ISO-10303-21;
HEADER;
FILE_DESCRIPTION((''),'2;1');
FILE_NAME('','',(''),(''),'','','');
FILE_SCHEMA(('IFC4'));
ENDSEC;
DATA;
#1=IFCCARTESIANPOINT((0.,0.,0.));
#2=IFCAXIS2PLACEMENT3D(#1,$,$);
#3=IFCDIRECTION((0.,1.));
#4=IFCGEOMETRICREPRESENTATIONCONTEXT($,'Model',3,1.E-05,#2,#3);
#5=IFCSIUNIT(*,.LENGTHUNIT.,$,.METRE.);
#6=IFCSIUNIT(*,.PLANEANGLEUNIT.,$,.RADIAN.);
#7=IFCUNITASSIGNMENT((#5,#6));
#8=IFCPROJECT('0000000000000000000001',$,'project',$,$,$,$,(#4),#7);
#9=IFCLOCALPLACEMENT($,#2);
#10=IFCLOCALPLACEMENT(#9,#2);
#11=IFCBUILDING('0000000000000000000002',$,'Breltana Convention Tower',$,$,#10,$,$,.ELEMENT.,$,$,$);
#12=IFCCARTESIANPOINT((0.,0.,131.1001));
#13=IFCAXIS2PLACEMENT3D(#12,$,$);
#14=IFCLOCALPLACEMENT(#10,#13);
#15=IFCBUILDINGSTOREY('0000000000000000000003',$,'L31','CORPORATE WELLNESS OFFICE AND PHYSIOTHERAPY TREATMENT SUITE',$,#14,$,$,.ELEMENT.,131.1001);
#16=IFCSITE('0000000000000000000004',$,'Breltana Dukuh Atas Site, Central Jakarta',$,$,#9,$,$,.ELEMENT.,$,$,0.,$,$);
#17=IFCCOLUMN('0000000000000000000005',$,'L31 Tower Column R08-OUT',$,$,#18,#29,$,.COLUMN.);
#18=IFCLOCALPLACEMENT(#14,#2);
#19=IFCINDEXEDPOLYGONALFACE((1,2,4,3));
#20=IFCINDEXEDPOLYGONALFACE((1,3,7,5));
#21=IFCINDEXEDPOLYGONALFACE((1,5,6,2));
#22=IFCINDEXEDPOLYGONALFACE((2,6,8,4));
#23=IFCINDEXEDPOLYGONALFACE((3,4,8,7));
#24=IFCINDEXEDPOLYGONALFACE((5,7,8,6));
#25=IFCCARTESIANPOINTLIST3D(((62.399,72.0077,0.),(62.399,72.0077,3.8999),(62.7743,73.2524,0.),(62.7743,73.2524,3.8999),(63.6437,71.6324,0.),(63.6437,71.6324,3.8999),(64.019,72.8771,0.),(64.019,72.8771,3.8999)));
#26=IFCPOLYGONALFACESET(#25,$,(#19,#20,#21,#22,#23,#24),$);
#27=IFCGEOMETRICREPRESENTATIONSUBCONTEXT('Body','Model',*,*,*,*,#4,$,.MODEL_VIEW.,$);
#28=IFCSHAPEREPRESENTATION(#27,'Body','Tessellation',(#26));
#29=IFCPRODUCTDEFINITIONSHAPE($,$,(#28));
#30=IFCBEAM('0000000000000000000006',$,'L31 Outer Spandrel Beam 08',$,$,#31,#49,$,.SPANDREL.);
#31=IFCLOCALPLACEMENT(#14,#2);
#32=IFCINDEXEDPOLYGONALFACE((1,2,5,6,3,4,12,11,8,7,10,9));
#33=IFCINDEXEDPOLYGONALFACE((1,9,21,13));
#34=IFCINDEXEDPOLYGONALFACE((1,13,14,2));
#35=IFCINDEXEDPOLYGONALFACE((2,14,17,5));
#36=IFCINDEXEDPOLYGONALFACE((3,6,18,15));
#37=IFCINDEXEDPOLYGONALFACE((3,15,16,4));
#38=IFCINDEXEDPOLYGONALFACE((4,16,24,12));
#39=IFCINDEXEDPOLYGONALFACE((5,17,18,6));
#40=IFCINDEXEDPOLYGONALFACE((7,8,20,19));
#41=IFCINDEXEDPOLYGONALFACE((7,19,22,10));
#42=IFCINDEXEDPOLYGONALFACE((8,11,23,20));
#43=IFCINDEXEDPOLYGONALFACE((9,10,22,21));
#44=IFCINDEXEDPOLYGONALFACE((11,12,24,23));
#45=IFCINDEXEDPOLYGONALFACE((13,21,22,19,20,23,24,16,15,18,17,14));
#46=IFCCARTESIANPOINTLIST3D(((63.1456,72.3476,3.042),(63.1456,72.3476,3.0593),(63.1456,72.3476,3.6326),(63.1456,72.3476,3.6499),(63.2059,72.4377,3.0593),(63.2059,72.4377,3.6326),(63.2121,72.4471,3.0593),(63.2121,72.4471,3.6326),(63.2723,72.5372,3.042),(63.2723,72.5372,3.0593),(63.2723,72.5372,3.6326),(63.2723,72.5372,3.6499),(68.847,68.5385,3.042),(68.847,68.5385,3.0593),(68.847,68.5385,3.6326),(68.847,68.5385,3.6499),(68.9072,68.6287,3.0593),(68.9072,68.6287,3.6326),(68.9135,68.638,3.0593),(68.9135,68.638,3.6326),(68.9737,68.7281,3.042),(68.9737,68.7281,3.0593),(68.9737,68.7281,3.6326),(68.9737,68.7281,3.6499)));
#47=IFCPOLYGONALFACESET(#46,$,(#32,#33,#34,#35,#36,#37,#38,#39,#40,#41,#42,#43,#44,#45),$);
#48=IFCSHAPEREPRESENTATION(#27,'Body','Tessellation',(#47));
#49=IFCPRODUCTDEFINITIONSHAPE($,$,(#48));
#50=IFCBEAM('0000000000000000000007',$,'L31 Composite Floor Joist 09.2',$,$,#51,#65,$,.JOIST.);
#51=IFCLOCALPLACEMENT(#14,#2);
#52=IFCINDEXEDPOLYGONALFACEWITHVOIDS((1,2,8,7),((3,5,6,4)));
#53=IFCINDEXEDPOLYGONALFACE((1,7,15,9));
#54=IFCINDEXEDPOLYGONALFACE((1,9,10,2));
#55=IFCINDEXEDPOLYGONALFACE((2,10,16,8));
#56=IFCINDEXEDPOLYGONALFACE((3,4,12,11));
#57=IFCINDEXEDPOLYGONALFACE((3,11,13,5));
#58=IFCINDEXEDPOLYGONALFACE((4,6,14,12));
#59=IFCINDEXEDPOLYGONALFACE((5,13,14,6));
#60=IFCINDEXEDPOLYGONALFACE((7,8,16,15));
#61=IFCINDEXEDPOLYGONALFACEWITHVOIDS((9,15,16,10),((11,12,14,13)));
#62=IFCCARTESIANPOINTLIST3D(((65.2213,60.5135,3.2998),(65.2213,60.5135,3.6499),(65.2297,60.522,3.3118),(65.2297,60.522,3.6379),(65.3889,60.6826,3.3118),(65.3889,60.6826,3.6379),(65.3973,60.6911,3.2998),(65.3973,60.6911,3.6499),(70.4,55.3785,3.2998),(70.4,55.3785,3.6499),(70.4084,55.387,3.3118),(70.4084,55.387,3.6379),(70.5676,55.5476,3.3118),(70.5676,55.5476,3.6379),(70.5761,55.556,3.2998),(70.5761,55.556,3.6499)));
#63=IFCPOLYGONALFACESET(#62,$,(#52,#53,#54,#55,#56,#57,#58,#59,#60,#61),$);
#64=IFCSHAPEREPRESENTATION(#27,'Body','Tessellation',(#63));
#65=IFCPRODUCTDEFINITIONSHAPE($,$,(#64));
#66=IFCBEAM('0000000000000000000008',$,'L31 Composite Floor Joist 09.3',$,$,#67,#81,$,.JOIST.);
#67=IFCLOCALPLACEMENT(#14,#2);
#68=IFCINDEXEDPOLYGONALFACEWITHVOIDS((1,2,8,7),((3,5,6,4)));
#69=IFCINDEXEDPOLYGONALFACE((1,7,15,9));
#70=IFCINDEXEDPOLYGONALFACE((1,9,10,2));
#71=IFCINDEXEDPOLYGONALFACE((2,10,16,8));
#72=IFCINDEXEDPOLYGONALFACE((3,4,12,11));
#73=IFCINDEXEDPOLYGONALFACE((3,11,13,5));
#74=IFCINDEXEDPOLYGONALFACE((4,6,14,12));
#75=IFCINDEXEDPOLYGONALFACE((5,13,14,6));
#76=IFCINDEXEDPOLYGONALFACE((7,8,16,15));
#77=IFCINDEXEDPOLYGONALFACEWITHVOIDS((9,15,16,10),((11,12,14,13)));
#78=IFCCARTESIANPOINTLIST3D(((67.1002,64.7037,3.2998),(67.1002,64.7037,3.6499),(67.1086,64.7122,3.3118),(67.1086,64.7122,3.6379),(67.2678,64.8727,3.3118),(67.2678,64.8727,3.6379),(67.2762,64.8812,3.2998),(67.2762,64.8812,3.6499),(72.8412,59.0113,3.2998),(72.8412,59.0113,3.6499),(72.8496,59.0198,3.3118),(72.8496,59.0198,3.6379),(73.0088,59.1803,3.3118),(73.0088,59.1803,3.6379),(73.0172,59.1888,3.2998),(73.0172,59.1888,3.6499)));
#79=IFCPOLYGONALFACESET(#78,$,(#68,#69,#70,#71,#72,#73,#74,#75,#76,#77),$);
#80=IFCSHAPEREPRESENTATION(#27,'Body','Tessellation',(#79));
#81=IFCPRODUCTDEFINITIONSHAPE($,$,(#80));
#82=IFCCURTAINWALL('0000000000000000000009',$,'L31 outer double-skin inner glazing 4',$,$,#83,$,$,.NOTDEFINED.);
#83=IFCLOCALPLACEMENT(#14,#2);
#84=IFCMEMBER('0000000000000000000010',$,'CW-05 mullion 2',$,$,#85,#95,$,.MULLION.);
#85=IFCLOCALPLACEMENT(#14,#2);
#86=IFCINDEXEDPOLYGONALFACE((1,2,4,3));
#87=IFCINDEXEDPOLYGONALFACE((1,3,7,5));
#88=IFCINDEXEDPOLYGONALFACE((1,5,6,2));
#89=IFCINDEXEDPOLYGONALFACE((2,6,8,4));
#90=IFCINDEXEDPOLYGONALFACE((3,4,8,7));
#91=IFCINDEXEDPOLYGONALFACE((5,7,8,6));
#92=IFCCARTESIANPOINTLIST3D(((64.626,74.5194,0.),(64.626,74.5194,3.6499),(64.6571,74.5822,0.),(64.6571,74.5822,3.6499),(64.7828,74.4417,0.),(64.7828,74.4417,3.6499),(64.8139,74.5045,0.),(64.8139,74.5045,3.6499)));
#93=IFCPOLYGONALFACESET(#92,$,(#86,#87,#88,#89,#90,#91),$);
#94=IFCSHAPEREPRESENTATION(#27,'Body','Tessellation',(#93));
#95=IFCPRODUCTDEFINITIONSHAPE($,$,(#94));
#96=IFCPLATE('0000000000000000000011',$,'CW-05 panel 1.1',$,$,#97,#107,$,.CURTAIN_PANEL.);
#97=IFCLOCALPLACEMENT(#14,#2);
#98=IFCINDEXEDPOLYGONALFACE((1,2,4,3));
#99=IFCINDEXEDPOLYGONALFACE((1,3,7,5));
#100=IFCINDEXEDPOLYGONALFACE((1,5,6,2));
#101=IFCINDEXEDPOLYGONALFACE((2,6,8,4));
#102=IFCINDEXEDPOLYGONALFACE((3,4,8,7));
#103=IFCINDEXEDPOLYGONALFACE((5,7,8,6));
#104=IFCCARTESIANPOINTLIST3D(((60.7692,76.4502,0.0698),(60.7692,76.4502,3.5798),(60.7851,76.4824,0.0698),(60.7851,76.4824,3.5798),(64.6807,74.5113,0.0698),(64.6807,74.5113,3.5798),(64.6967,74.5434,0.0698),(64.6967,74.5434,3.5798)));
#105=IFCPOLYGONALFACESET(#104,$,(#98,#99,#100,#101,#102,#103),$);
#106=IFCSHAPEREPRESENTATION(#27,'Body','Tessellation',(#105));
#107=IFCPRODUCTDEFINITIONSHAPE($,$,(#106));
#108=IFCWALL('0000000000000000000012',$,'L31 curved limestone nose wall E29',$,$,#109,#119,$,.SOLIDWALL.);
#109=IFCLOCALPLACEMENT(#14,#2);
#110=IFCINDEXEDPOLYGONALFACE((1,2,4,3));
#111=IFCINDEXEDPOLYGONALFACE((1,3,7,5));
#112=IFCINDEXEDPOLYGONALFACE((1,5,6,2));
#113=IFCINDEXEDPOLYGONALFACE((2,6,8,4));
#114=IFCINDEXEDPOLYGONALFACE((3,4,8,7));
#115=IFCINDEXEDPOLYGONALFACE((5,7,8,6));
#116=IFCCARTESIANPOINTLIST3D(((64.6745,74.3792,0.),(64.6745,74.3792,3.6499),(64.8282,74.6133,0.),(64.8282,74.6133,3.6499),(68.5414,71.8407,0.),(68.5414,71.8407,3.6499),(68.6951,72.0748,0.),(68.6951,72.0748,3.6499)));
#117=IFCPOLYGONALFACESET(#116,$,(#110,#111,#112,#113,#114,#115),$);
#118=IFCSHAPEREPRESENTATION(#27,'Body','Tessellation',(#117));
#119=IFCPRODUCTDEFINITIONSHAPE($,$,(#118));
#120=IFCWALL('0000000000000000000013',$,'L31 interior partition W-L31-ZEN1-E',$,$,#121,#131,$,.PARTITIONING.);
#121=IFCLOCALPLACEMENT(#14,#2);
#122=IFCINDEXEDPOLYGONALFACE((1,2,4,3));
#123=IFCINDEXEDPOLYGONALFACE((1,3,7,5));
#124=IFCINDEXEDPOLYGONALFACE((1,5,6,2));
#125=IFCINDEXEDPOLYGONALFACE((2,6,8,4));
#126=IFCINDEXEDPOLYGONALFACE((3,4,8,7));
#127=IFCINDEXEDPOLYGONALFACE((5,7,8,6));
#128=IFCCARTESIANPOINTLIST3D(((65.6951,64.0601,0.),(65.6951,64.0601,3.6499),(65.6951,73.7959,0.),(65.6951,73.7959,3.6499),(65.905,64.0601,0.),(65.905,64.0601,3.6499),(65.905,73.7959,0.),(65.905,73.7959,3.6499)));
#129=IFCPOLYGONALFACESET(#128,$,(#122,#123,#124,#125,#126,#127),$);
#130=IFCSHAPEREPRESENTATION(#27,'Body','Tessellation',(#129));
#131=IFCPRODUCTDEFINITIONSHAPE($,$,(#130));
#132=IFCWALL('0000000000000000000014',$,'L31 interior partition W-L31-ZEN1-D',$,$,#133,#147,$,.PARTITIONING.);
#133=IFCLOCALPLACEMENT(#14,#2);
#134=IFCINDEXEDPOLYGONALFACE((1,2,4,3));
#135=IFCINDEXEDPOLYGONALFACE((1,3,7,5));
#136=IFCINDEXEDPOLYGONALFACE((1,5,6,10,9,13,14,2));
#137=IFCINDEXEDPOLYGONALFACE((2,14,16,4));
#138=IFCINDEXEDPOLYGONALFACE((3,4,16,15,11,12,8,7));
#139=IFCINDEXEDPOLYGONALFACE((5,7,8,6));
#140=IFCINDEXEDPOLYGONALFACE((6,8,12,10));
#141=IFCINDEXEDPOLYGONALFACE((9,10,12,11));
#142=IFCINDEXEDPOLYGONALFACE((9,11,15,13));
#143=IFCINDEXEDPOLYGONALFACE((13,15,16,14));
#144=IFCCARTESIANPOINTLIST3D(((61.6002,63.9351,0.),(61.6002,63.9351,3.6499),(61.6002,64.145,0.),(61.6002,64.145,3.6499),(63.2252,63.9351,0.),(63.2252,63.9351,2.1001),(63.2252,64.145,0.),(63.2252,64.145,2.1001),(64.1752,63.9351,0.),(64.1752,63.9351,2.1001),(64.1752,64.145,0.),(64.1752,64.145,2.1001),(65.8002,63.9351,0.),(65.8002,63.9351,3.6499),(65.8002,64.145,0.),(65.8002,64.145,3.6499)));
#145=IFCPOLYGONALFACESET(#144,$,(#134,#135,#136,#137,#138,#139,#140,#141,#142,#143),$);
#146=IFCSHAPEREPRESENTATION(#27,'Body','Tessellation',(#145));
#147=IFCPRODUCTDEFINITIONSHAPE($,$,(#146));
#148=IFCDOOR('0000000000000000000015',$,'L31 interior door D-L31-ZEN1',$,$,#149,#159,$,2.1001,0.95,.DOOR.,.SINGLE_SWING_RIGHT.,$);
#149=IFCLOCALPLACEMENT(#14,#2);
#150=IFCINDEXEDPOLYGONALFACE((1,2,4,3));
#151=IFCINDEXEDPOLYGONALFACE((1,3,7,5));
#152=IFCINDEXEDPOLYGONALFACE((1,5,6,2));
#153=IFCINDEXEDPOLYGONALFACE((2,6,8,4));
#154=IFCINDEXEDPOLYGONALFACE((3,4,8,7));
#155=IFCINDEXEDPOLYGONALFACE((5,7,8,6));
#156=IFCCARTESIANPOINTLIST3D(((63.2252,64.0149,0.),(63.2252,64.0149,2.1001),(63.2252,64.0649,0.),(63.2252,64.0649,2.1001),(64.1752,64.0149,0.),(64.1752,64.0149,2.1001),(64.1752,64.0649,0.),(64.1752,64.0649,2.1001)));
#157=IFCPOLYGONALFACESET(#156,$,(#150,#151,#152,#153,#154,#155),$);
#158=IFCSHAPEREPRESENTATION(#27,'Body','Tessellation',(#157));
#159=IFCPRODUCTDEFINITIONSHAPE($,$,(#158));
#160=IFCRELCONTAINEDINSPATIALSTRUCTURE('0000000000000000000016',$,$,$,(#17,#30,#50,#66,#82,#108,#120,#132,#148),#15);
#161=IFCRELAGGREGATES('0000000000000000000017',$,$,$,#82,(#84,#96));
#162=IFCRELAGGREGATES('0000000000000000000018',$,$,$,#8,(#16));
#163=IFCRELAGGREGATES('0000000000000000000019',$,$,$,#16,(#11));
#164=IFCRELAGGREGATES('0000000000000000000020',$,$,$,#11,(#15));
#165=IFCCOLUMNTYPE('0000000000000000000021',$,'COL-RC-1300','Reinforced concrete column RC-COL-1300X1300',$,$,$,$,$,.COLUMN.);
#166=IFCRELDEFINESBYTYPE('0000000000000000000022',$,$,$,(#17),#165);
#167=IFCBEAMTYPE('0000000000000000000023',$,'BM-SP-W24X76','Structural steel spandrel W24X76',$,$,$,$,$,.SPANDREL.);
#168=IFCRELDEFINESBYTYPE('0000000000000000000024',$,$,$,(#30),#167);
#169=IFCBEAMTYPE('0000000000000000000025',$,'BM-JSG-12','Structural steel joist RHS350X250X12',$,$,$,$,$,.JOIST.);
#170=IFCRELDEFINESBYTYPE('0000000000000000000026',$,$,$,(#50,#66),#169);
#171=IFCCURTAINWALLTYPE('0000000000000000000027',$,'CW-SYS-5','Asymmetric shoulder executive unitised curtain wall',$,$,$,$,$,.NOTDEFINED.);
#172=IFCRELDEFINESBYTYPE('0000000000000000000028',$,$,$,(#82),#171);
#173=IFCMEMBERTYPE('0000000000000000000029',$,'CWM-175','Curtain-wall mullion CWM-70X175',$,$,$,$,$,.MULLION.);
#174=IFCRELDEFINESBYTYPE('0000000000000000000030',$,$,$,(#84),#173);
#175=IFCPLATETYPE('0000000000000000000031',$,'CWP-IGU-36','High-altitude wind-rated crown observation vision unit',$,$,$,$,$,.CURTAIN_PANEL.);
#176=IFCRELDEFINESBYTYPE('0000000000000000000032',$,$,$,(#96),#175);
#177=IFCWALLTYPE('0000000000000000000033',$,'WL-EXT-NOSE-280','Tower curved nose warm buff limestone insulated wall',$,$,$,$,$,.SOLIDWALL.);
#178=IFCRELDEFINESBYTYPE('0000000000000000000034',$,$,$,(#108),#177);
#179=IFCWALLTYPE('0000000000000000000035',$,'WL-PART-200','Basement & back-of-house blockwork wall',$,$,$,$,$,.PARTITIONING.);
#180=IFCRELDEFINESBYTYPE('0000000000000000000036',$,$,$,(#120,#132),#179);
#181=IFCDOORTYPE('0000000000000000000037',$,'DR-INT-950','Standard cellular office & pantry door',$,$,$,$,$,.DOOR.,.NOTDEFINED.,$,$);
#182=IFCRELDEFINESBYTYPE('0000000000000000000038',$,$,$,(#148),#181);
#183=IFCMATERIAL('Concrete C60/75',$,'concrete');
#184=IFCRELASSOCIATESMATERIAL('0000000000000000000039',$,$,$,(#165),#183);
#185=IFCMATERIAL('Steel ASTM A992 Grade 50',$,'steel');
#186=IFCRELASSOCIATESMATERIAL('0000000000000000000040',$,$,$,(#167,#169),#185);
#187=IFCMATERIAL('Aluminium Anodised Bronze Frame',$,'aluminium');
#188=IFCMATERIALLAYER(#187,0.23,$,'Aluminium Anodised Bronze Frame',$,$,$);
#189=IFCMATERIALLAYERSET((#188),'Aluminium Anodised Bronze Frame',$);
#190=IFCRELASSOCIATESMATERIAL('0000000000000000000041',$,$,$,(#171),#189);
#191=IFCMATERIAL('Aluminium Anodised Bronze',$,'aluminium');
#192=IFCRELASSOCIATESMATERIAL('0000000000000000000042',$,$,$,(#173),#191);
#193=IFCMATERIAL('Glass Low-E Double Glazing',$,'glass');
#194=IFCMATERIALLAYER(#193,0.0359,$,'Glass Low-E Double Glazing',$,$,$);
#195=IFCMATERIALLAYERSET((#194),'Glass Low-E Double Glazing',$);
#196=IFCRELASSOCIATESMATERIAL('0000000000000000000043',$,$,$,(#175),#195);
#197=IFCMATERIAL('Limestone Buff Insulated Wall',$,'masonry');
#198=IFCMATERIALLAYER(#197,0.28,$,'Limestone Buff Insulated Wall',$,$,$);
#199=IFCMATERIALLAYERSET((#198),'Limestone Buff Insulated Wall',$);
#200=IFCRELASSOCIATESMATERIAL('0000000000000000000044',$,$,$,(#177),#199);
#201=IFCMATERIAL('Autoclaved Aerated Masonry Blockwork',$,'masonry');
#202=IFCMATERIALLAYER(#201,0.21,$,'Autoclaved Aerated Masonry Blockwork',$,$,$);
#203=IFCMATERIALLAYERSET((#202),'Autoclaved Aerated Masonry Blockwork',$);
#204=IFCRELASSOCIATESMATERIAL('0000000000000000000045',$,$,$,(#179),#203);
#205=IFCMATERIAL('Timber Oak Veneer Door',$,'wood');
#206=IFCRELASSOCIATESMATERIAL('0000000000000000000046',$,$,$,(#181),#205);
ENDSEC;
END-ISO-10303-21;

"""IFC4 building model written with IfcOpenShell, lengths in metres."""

from ifc_helpers import new_model, si_unit, direction, frame, frame_2d, origin, origin_2d, place, context, subcontext, project, spatial, rectangle, hollow_rectangle, i_section, extrude, source, transform, mapped, material, layer, layer_set, material_profile, profile_set, type_object, type_shapes, element, fill, aggregate, save


model = new_model("IFC4")

# Units and contexts
model_context = context("Model", 3, precision=1e-05, world=origin(), true_north=direction((0.0, 1.0)))
body_context = subcontext(model_context, "Body", "Model", "MODEL_VIEW")
ifc_project = project(units=[si_unit("LENGTHUNIT", "METRE"), si_unit("PLANEANGLEUNIT", "RADIAN")], contexts=[model_context])

# Site, building, storey
site_placement = place(None, origin())
site = spatial("IfcSite", under=ifc_project, at=site_placement, Name="Breltana Dukuh Atas Site, Central Jakarta", CompositionType="ELEMENT", RefElevation=0.0)
building_placement = place(site_placement, origin())
building = spatial("IfcBuilding", under=site, at=building_placement, Name="Breltana Convention Tower", CompositionType="ELEMENT")
storey_placement = place(building_placement, frame((0.0, 0.0, 131.1001)))
storey = spatial("IfcBuildingStorey", under=building, at=storey_placement, Name="L31", Description="CORPORATE WELLNESS OFFICE AND PHYSIOTHERAPY TREATMENT SUITE", CompositionType="ELEMENT", Elevation=131.1001)

# Column
ifc_material_1 = material(Name="Concrete C60/75", Category="concrete")
ifc_material_profile_1 = material_profile(ifc_material_1, rectangle(XDim=1.3, YDim=1.3, at=origin_2d()), Name="RC-COL-1300X1300")
ifc_profile_set_1 = profile_set([ifc_material_profile_1], Name="Concrete C60/75")
column_type = type_object("IfcColumnType", Name="COL-RC-1300", Description="Reinforced concrete column RC-COL-1300X1300", PredefinedType="COLUMN", material=ifc_profile_set_1)
shared_shape_1 = source(origin(), body_context, "Body", "SweptSolid", [
    extrude(rectangle(XDim=1.3, YDim=1.3, at=origin_2d()), origin(), (0.0, 0.0, 1.0), 3.8999),
])
column_placement = place(storey_placement, frame((63.209, 72.4424, 0.0), z_axis=(0.0, 0.0, 1.0), x_axis=(0.288698, 0.95742, 0.0)))
element("IfcColumn", 1, at=column_placement, inside=storey, type_object=column_type, Name="L31 Tower Column R08-OUT", PredefinedType="COLUMN", context=body_context, shape_type="MappedRepresentation", body=[
    mapped(shared_shape_1, transform((0.0, 0.0, 0.0), scale=1.0)),
])

# Beams
ifc_material_2 = material(Name="Steel ASTM A992 Grade 50", Category="steel")
ifc_material_profile_2 = material_profile(ifc_material_2, i_section(OverallWidth=0.228, OverallDepth=0.6079, WebThickness=0.0112, FlangeThickness=0.0173, at=origin_2d()), Name="W24X76")
ifc_profile_set_2 = profile_set([ifc_material_profile_2], Name="Steel ASTM A992 Grade 50")
beam_type_1 = type_object("IfcBeamType", Name="BM-SP-W24X76", Description="Structural steel spandrel W24X76", PredefinedType="SPANDREL", material=ifc_profile_set_2)
shared_shape_2 = source(origin(), body_context, "Body", "SweptSolid", [
    extrude(i_section(OverallWidth=0.228, OverallDepth=0.6079, WebThickness=0.0112, FlangeThickness=0.0173, at=origin_2d()), origin(), (0.0, 0.0, 1.0), 6.8567),
])
beam_1_placement = place(storey_placement, frame((63.209, 72.4424, 3.3459), z_axis=(0.831502, -0.555522, 0.0), x_axis=(0.555522, 0.831502, 0.0)))
element("IfcBeam", 2, at=beam_1_placement, inside=storey, type_object=beam_type_1, Name="L31 Outer Spandrel Beam 08", PredefinedType="SPANDREL", context=body_context, shape_type="MappedRepresentation", body=[
    mapped(shared_shape_2, transform((0.0, 0.0, 0.0), scale=1.0)),
])
ifc_material_profile_3 = material_profile(ifc_material_2, hollow_rectangle(XDim=0.25, YDim=0.3501, WallThickness=0.012, at=origin_2d()), Name="RHS350X250X12")
ifc_profile_set_3 = profile_set([ifc_material_profile_3], Name="Steel ASTM A992 Grade 50")
beam_type_2 = type_object("IfcBeamType", Name="BM-JSG-12", Description="Structural steel joist RHS350X250X12", PredefinedType="JOIST", material=ifc_profile_set_3)
shared_shape_3 = source(origin(), body_context, "Body", "SweptSolid", [
    extrude(hollow_rectangle(XDim=0.25, YDim=0.3501, WallThickness=0.012, at=origin_2d()), origin(), (0.0, 0.0, 1.0), 7.293),
])
beam_2_placement = place(storey_placement, frame((65.3093, 60.6023, 3.4749), z_axis=(0.710097, -0.704104, 0.0), x_axis=(0.704104, 0.710097, 0.0)))
element("IfcBeam", 3, at=beam_2_placement, inside=storey, type_object=beam_type_2, Name="L31 Composite Floor Joist 09.2", PredefinedType="JOIST", context=body_context, shape_type="MappedRepresentation", body=[
    mapped(shared_shape_3, transform((0.0, 0.0, 0.0), scale=1.0)),
])
shared_shape_4 = source(origin(), body_context, "Body", "SweptSolid", [
    extrude(hollow_rectangle(XDim=0.25, YDim=0.3501, WallThickness=0.012, at=origin_2d()), origin(), (0.0, 0.0, 1.0), 8.0847),
])
beam_3_placement = place(storey_placement, frame((67.1882, 64.7925, 3.4749), z_axis=(0.710105, -0.704096, 0.0), x_axis=(0.704096, 0.710105, 0.0)))
element("IfcBeam", 4, at=beam_3_placement, inside=storey, type_object=beam_type_2, Name="L31 Composite Floor Joist 09.3", PredefinedType="JOIST", context=body_context, shape_type="MappedRepresentation", body=[
    mapped(shared_shape_4, transform((0.0, 0.0, 0.0), scale=1.0)),
])

# Curtain wall, member, plate
ifc_material_3 = material(Name="Aluminium Anodised Bronze Frame", Category="aluminium")
ifc_layer_1 = layer(ifc_material_3, 0.23, Name="Aluminium Anodised Bronze Frame")
ifc_layer_set_1 = layer_set([ifc_layer_1], Name="Aluminium Anodised Bronze Frame")
curtain_wall_type = type_object("IfcCurtainWallType", Name="CW-SYS-5", Description="Asymmetric shoulder executive unitised curtain wall", PredefinedType="NOTDEFINED", material=ifc_layer_set_1)
curtain_wall_placement = place(storey_placement, origin())
curtain_wall = element("IfcCurtainWall", 5, at=curtain_wall_placement, inside=storey, type_object=curtain_wall_type, Name="L31 outer double-skin inner glazing 4", PredefinedType="NOTDEFINED")
ifc_material_4 = material(Name="Aluminium Anodised Bronze", Category="aluminium")
ifc_material_profile_4 = material_profile(ifc_material_4, rectangle(XDim=0.0701, YDim=0.175, at=origin_2d()), Name="CWM-70X175")
ifc_profile_set_4 = profile_set([ifc_material_profile_4], Name="Aluminium Anodised Bronze")
member_type = type_object("IfcMemberType", Name="CWM-175", Description="Curtain-wall mullion CWM-70X175", PredefinedType="MULLION", material=ifc_profile_set_4)
shared_shape_5 = source(origin(), body_context, "Body", "SweptSolid", [
    extrude(rectangle(XDim=0.0701, YDim=0.175, at=origin_2d()), origin(), (0.0, 0.0, 1.0), 3.6499),
])
member_placement = place(storey_placement, frame((64.72, 74.512, 0.0), z_axis=(0.0, 0.0, 1.0), x_axis=(0.444122, 0.895967, 0.0)))
member = element("IfcMember", 6, at=member_placement, type_object=member_type, Name="CW-05 mullion 2", PredefinedType="MULLION", context=body_context, shape_type="MappedRepresentation", body=[
    mapped(shared_shape_5, transform((0.0, 0.0, 0.0), scale=1.0)),
])
ifc_material_5 = material(Name="Glass Low-E Double Glazing", Category="glass")
ifc_layer_2 = layer(ifc_material_5, 0.0359, Name="Glass Low-E Double Glazing")
ifc_layer_set_2 = layer_set([ifc_layer_2], Name="Glass Low-E Double Glazing")
plate_type = type_object("IfcPlateType", Name="CWP-IGU-36", Description="High-altitude wind-rated crown observation vision unit", PredefinedType="CURTAIN_PANEL", material=ifc_layer_set_2)
shared_shape_6 = source(origin(), body_context, "Body", "SweptSolid", [
    extrude(rectangle(XDim=4.3657, YDim=0.0359, at=origin_2d()), origin(), (0.0, 0.0, 1.0), 3.51),
])
plate_placement = place(storey_placement, frame((62.7329, 75.4968, 0.0698), z_axis=(0.0, 0.0, 1.0), x_axis=(0.895967, -0.444122, 0.0)))
plate = element("IfcPlate", 7, at=plate_placement, type_object=plate_type, Name="CW-05 panel 1.1", PredefinedType="CURTAIN_PANEL", context=body_context, shape_type="MappedRepresentation", body=[
    mapped(shared_shape_6, transform((0.0, 0.0, 0.0), scale=1.0)),
])
aggregate(curtain_wall, [member, plate])

# Walls
ifc_material_6 = material(Name="Limestone Buff Insulated Wall", Category="masonry")
ifc_layer_3 = layer(ifc_material_6, 0.28, Name="Limestone Buff Insulated Wall")
ifc_layer_set_3 = layer_set([ifc_layer_3], Name="Limestone Buff Insulated Wall")
wall_type_1 = type_object("IfcWallType", Name="WL-EXT-NOSE-280", Description="Tower curved nose warm buff limestone insulated wall", PredefinedType="SOLIDWALL", material=ifc_layer_set_3)
shared_shape_7 = source(origin(), body_context, "Body", "SweptSolid", [
    extrude(rectangle(XDim=4.6257, YDim=0.28, at=frame_2d((2.313, 0.0))), origin(), (0.0, 0.0, 1.0), 3.6499),
])
wall_1_placement = place(storey_placement, frame((64.7512, 74.4963, 0.0), z_axis=(0.0, 0.0, 1.0), x_axis=(0.835959, -0.548791, 0.0)))
element("IfcWall", 8, at=wall_1_placement, inside=storey, type_object=wall_type_1, Name="L31 curved limestone nose wall E29", PredefinedType="SOLIDWALL", context=body_context, shape_type="MappedRepresentation", body=[
    mapped(shared_shape_7, transform((0.0, 0.0, 0.0), scale=1.0)),
])
ifc_material_7 = material(Name="Autoclaved Aerated Masonry Blockwork", Category="masonry")
ifc_layer_4 = layer(ifc_material_7, 0.21, Name="Autoclaved Aerated Masonry Blockwork")
ifc_layer_set_4 = layer_set([ifc_layer_4], Name="Autoclaved Aerated Masonry Blockwork")
wall_type_2 = type_object("IfcWallType", Name="WL-PART-200", Description="Basement & back-of-house blockwork wall", PredefinedType="PARTITIONING", material=ifc_layer_set_4)
shared_shape_8 = source(origin(), body_context, "Body", "SweptSolid", [
    extrude(rectangle(XDim=9.7358, YDim=0.21, at=frame_2d((4.8679, 0.0))), origin(), (0.0, 0.0, 1.0), 3.6499),
])
wall_2_placement = place(storey_placement, frame((65.8, 64.0601, 0.0), z_axis=(0.0, 0.0, 1.0), x_axis=(0.0, 1.0, 0.0)))
element("IfcWall", 9, at=wall_2_placement, inside=storey, type_object=wall_type_2, Name="L31 interior partition W-L31-ZEN1-E", PredefinedType="PARTITIONING", context=body_context, shape_type="MappedRepresentation", body=[
    mapped(shared_shape_8, transform((0.0, 0.0, 0.0), scale=1.0)),
])

# Wall, opening, door
shared_shape_9 = source(origin(), body_context, "Body", "SweptSolid", [
    extrude(rectangle(XDim=4.2, YDim=0.21, at=frame_2d((2.1001, 0.0))), origin(), (0.0, 0.0, 1.0), 3.6499),
])
wall_3_placement = place(storey_placement, frame((61.6001, 64.04, 0.0), z_axis=(0.0, 0.0, 1.0), x_axis=(1.0, 0.0, 0.0)))
wall_3 = element("IfcWall", 10, at=wall_3_placement, inside=storey, type_object=wall_type_2, Name="L31 interior partition W-L31-ZEN1-D", PredefinedType="PARTITIONING", context=body_context, shape_type="MappedRepresentation", body=[
    mapped(shared_shape_9, transform((0.0, 0.0, 0.0), scale=1.0)),
])
opening_1_placement = place(wall_3_placement, frame((1.625, 0.0, 0.0)))
opening_1 = element("IfcOpeningElement", 11, at=opening_1_placement, cuts=wall_3, PredefinedType="OPENING", context=body_context, shape_type="SweptSolid", body=[
    extrude(rectangle(XDim=0.95, YDim=2.1001, at=frame_2d((0.4751, 1.05))), frame((0.0, 0.115, 0.0), z_axis=(0.0, -1.0, 0.0), x_axis=(1.0, 0.0, 0.0)), (0.0, 0.0, 1.0), 0.23),
])
ifc_material_8 = material(Name="Timber Oak Veneer Door", Category="wood")
door_type = type_object("IfcDoorType", Name="DR-INT-950", Description="Standard cellular office & pantry door", OperationType="NOTDEFINED", PredefinedType="DOOR", material=ifc_material_8)
shared_shape_10 = source(origin(), body_context, "Body", "SweptSolid", [
    extrude(rectangle(XDim=0.95, YDim=2.1001, at=frame_2d((0.4751, 1.05))), frame((0.0, 0.0249, 0.0), z_axis=(0.0, -1.0, 0.0), x_axis=(1.0, 0.0, 0.0)), (0.0, 0.0, 1.0), 0.05),
])
type_shapes(door_type, [shared_shape_10])
door_1_placement = place(opening_1_placement, origin())
door_1 = element("IfcDoor", 12, at=door_1_placement, inside=storey, type_object=door_type, Name="L31 interior door D-L31-ZEN1", OperationType="SINGLE_SWING_RIGHT", OverallHeight=2.1001, OverallWidth=0.95, PredefinedType="DOOR", context=body_context, shape_type="MappedRepresentation", body=[
    mapped(shared_shape_10, transform((0.0, 0.0, 0.0), scale=1.0)),
])
fill(opening_1, door_1)

save(model, "model.ifc")
